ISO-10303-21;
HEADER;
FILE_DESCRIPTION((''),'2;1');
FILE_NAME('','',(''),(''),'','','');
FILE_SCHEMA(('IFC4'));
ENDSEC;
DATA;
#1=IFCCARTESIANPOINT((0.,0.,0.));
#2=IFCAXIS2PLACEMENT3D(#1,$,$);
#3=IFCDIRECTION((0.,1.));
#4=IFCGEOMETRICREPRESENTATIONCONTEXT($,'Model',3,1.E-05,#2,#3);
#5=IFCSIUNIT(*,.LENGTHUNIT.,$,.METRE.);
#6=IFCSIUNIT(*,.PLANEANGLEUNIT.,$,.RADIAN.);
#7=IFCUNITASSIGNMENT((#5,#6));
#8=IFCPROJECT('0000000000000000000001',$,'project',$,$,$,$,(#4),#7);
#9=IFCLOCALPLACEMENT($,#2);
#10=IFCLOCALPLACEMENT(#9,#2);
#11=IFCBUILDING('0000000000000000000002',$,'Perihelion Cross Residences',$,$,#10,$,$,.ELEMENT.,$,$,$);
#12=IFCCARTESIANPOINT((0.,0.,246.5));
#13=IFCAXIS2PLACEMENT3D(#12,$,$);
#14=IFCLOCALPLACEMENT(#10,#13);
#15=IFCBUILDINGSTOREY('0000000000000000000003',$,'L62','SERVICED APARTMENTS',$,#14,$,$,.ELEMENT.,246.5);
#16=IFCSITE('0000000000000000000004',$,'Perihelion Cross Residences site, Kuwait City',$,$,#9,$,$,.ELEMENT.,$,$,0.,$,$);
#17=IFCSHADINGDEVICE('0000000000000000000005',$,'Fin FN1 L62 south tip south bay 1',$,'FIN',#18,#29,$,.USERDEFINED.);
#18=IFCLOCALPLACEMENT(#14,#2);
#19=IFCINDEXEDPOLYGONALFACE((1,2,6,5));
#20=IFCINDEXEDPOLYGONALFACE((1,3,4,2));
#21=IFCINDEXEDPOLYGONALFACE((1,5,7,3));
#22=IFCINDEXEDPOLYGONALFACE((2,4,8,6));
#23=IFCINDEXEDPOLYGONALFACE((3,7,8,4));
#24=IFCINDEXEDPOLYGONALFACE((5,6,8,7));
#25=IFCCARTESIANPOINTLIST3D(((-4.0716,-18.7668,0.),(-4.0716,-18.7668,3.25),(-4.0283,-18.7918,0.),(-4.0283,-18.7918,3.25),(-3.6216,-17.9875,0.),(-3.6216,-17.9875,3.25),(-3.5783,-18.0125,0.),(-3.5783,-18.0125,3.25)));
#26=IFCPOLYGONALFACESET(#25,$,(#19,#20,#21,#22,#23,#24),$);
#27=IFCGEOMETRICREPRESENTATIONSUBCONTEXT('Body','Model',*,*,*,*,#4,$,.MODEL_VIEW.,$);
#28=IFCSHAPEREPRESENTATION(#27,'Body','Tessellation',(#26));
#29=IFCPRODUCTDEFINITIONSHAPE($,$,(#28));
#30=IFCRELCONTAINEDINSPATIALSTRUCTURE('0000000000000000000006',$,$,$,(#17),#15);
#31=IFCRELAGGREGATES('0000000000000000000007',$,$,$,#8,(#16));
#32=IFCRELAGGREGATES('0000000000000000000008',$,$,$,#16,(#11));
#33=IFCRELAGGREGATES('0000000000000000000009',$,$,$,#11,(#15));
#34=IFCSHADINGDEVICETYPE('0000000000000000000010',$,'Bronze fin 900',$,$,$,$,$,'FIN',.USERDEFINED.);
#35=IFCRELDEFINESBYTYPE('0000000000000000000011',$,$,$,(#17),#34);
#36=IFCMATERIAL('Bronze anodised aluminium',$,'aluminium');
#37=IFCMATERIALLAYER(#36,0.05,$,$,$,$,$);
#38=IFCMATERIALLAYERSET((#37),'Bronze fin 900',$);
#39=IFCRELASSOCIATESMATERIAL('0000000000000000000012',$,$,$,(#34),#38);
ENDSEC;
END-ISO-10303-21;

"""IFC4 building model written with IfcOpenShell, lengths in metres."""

from ifc_helpers import new_model, si_unit, direction, frame, origin, origin_2d, place, context, subcontext, project, spatial, rectangle, extrude, material, layer, layer_set, type_object, element, save


model = new_model("IFC4")

# Units and contexts
model_context = context("Model", 3, precision=1e-05, world=origin(), true_north=direction((0.0, 1.0)))
body_context = subcontext(model_context, "Body", "Model", "MODEL_VIEW")
ifc_project = project(units=[si_unit("LENGTHUNIT", "METRE"), si_unit("PLANEANGLEUNIT", "RADIAN")], contexts=[model_context])

# Site, building, storey
site_placement = place(None, origin())
site = spatial("IfcSite", under=ifc_project, at=site_placement, Name="Perihelion Cross Residences site, Kuwait City", CompositionType="ELEMENT", RefElevation=0.0)
building_placement = place(site_placement, origin())
building = spatial("IfcBuilding", under=site, at=building_placement, Name="Perihelion Cross Residences", CompositionType="ELEMENT")
storey_placement = place(building_placement, frame((0.0, 0.0, 246.5)))
storey = spatial("IfcBuildingStorey", under=building, at=storey_placement, Name="L62", Description="SERVICED APARTMENTS", CompositionType="ELEMENT", Elevation=246.5)

# Shading device
ifc_material_1 = material(Name="Bronze anodised aluminium", Category="aluminium")
ifc_layer_1 = layer(ifc_material_1, 0.05)
ifc_layer_set_1 = layer_set([ifc_layer_1], Name="Bronze fin 900")
shading_device_type = type_object("IfcShadingDeviceType", Name="Bronze fin 900", ElementType="FIN", PredefinedType="USERDEFINED", material=ifc_layer_set_1)
shading_device_placement = place(storey_placement, frame((-3.825, -18.3896, 0.0), z_axis=(0.0, 0.0, 1.0), x_axis=(-0.5, -0.866025, 0.0)))
element("IfcShadingDevice", 1, at=shading_device_placement, inside=storey, type_object=shading_device_type, Name="Fin FN1 L62 south tip south bay 1", ObjectType="FIN", PredefinedType="USERDEFINED", context=body_context, shape_type="SweptSolid", body=[
    extrude(rectangle(XDim=0.8999, YDim=0.05, at=origin_2d()), origin(), (0.0, 0.0, 1.0), 3.25),
])

save(model, "model.ifc")
